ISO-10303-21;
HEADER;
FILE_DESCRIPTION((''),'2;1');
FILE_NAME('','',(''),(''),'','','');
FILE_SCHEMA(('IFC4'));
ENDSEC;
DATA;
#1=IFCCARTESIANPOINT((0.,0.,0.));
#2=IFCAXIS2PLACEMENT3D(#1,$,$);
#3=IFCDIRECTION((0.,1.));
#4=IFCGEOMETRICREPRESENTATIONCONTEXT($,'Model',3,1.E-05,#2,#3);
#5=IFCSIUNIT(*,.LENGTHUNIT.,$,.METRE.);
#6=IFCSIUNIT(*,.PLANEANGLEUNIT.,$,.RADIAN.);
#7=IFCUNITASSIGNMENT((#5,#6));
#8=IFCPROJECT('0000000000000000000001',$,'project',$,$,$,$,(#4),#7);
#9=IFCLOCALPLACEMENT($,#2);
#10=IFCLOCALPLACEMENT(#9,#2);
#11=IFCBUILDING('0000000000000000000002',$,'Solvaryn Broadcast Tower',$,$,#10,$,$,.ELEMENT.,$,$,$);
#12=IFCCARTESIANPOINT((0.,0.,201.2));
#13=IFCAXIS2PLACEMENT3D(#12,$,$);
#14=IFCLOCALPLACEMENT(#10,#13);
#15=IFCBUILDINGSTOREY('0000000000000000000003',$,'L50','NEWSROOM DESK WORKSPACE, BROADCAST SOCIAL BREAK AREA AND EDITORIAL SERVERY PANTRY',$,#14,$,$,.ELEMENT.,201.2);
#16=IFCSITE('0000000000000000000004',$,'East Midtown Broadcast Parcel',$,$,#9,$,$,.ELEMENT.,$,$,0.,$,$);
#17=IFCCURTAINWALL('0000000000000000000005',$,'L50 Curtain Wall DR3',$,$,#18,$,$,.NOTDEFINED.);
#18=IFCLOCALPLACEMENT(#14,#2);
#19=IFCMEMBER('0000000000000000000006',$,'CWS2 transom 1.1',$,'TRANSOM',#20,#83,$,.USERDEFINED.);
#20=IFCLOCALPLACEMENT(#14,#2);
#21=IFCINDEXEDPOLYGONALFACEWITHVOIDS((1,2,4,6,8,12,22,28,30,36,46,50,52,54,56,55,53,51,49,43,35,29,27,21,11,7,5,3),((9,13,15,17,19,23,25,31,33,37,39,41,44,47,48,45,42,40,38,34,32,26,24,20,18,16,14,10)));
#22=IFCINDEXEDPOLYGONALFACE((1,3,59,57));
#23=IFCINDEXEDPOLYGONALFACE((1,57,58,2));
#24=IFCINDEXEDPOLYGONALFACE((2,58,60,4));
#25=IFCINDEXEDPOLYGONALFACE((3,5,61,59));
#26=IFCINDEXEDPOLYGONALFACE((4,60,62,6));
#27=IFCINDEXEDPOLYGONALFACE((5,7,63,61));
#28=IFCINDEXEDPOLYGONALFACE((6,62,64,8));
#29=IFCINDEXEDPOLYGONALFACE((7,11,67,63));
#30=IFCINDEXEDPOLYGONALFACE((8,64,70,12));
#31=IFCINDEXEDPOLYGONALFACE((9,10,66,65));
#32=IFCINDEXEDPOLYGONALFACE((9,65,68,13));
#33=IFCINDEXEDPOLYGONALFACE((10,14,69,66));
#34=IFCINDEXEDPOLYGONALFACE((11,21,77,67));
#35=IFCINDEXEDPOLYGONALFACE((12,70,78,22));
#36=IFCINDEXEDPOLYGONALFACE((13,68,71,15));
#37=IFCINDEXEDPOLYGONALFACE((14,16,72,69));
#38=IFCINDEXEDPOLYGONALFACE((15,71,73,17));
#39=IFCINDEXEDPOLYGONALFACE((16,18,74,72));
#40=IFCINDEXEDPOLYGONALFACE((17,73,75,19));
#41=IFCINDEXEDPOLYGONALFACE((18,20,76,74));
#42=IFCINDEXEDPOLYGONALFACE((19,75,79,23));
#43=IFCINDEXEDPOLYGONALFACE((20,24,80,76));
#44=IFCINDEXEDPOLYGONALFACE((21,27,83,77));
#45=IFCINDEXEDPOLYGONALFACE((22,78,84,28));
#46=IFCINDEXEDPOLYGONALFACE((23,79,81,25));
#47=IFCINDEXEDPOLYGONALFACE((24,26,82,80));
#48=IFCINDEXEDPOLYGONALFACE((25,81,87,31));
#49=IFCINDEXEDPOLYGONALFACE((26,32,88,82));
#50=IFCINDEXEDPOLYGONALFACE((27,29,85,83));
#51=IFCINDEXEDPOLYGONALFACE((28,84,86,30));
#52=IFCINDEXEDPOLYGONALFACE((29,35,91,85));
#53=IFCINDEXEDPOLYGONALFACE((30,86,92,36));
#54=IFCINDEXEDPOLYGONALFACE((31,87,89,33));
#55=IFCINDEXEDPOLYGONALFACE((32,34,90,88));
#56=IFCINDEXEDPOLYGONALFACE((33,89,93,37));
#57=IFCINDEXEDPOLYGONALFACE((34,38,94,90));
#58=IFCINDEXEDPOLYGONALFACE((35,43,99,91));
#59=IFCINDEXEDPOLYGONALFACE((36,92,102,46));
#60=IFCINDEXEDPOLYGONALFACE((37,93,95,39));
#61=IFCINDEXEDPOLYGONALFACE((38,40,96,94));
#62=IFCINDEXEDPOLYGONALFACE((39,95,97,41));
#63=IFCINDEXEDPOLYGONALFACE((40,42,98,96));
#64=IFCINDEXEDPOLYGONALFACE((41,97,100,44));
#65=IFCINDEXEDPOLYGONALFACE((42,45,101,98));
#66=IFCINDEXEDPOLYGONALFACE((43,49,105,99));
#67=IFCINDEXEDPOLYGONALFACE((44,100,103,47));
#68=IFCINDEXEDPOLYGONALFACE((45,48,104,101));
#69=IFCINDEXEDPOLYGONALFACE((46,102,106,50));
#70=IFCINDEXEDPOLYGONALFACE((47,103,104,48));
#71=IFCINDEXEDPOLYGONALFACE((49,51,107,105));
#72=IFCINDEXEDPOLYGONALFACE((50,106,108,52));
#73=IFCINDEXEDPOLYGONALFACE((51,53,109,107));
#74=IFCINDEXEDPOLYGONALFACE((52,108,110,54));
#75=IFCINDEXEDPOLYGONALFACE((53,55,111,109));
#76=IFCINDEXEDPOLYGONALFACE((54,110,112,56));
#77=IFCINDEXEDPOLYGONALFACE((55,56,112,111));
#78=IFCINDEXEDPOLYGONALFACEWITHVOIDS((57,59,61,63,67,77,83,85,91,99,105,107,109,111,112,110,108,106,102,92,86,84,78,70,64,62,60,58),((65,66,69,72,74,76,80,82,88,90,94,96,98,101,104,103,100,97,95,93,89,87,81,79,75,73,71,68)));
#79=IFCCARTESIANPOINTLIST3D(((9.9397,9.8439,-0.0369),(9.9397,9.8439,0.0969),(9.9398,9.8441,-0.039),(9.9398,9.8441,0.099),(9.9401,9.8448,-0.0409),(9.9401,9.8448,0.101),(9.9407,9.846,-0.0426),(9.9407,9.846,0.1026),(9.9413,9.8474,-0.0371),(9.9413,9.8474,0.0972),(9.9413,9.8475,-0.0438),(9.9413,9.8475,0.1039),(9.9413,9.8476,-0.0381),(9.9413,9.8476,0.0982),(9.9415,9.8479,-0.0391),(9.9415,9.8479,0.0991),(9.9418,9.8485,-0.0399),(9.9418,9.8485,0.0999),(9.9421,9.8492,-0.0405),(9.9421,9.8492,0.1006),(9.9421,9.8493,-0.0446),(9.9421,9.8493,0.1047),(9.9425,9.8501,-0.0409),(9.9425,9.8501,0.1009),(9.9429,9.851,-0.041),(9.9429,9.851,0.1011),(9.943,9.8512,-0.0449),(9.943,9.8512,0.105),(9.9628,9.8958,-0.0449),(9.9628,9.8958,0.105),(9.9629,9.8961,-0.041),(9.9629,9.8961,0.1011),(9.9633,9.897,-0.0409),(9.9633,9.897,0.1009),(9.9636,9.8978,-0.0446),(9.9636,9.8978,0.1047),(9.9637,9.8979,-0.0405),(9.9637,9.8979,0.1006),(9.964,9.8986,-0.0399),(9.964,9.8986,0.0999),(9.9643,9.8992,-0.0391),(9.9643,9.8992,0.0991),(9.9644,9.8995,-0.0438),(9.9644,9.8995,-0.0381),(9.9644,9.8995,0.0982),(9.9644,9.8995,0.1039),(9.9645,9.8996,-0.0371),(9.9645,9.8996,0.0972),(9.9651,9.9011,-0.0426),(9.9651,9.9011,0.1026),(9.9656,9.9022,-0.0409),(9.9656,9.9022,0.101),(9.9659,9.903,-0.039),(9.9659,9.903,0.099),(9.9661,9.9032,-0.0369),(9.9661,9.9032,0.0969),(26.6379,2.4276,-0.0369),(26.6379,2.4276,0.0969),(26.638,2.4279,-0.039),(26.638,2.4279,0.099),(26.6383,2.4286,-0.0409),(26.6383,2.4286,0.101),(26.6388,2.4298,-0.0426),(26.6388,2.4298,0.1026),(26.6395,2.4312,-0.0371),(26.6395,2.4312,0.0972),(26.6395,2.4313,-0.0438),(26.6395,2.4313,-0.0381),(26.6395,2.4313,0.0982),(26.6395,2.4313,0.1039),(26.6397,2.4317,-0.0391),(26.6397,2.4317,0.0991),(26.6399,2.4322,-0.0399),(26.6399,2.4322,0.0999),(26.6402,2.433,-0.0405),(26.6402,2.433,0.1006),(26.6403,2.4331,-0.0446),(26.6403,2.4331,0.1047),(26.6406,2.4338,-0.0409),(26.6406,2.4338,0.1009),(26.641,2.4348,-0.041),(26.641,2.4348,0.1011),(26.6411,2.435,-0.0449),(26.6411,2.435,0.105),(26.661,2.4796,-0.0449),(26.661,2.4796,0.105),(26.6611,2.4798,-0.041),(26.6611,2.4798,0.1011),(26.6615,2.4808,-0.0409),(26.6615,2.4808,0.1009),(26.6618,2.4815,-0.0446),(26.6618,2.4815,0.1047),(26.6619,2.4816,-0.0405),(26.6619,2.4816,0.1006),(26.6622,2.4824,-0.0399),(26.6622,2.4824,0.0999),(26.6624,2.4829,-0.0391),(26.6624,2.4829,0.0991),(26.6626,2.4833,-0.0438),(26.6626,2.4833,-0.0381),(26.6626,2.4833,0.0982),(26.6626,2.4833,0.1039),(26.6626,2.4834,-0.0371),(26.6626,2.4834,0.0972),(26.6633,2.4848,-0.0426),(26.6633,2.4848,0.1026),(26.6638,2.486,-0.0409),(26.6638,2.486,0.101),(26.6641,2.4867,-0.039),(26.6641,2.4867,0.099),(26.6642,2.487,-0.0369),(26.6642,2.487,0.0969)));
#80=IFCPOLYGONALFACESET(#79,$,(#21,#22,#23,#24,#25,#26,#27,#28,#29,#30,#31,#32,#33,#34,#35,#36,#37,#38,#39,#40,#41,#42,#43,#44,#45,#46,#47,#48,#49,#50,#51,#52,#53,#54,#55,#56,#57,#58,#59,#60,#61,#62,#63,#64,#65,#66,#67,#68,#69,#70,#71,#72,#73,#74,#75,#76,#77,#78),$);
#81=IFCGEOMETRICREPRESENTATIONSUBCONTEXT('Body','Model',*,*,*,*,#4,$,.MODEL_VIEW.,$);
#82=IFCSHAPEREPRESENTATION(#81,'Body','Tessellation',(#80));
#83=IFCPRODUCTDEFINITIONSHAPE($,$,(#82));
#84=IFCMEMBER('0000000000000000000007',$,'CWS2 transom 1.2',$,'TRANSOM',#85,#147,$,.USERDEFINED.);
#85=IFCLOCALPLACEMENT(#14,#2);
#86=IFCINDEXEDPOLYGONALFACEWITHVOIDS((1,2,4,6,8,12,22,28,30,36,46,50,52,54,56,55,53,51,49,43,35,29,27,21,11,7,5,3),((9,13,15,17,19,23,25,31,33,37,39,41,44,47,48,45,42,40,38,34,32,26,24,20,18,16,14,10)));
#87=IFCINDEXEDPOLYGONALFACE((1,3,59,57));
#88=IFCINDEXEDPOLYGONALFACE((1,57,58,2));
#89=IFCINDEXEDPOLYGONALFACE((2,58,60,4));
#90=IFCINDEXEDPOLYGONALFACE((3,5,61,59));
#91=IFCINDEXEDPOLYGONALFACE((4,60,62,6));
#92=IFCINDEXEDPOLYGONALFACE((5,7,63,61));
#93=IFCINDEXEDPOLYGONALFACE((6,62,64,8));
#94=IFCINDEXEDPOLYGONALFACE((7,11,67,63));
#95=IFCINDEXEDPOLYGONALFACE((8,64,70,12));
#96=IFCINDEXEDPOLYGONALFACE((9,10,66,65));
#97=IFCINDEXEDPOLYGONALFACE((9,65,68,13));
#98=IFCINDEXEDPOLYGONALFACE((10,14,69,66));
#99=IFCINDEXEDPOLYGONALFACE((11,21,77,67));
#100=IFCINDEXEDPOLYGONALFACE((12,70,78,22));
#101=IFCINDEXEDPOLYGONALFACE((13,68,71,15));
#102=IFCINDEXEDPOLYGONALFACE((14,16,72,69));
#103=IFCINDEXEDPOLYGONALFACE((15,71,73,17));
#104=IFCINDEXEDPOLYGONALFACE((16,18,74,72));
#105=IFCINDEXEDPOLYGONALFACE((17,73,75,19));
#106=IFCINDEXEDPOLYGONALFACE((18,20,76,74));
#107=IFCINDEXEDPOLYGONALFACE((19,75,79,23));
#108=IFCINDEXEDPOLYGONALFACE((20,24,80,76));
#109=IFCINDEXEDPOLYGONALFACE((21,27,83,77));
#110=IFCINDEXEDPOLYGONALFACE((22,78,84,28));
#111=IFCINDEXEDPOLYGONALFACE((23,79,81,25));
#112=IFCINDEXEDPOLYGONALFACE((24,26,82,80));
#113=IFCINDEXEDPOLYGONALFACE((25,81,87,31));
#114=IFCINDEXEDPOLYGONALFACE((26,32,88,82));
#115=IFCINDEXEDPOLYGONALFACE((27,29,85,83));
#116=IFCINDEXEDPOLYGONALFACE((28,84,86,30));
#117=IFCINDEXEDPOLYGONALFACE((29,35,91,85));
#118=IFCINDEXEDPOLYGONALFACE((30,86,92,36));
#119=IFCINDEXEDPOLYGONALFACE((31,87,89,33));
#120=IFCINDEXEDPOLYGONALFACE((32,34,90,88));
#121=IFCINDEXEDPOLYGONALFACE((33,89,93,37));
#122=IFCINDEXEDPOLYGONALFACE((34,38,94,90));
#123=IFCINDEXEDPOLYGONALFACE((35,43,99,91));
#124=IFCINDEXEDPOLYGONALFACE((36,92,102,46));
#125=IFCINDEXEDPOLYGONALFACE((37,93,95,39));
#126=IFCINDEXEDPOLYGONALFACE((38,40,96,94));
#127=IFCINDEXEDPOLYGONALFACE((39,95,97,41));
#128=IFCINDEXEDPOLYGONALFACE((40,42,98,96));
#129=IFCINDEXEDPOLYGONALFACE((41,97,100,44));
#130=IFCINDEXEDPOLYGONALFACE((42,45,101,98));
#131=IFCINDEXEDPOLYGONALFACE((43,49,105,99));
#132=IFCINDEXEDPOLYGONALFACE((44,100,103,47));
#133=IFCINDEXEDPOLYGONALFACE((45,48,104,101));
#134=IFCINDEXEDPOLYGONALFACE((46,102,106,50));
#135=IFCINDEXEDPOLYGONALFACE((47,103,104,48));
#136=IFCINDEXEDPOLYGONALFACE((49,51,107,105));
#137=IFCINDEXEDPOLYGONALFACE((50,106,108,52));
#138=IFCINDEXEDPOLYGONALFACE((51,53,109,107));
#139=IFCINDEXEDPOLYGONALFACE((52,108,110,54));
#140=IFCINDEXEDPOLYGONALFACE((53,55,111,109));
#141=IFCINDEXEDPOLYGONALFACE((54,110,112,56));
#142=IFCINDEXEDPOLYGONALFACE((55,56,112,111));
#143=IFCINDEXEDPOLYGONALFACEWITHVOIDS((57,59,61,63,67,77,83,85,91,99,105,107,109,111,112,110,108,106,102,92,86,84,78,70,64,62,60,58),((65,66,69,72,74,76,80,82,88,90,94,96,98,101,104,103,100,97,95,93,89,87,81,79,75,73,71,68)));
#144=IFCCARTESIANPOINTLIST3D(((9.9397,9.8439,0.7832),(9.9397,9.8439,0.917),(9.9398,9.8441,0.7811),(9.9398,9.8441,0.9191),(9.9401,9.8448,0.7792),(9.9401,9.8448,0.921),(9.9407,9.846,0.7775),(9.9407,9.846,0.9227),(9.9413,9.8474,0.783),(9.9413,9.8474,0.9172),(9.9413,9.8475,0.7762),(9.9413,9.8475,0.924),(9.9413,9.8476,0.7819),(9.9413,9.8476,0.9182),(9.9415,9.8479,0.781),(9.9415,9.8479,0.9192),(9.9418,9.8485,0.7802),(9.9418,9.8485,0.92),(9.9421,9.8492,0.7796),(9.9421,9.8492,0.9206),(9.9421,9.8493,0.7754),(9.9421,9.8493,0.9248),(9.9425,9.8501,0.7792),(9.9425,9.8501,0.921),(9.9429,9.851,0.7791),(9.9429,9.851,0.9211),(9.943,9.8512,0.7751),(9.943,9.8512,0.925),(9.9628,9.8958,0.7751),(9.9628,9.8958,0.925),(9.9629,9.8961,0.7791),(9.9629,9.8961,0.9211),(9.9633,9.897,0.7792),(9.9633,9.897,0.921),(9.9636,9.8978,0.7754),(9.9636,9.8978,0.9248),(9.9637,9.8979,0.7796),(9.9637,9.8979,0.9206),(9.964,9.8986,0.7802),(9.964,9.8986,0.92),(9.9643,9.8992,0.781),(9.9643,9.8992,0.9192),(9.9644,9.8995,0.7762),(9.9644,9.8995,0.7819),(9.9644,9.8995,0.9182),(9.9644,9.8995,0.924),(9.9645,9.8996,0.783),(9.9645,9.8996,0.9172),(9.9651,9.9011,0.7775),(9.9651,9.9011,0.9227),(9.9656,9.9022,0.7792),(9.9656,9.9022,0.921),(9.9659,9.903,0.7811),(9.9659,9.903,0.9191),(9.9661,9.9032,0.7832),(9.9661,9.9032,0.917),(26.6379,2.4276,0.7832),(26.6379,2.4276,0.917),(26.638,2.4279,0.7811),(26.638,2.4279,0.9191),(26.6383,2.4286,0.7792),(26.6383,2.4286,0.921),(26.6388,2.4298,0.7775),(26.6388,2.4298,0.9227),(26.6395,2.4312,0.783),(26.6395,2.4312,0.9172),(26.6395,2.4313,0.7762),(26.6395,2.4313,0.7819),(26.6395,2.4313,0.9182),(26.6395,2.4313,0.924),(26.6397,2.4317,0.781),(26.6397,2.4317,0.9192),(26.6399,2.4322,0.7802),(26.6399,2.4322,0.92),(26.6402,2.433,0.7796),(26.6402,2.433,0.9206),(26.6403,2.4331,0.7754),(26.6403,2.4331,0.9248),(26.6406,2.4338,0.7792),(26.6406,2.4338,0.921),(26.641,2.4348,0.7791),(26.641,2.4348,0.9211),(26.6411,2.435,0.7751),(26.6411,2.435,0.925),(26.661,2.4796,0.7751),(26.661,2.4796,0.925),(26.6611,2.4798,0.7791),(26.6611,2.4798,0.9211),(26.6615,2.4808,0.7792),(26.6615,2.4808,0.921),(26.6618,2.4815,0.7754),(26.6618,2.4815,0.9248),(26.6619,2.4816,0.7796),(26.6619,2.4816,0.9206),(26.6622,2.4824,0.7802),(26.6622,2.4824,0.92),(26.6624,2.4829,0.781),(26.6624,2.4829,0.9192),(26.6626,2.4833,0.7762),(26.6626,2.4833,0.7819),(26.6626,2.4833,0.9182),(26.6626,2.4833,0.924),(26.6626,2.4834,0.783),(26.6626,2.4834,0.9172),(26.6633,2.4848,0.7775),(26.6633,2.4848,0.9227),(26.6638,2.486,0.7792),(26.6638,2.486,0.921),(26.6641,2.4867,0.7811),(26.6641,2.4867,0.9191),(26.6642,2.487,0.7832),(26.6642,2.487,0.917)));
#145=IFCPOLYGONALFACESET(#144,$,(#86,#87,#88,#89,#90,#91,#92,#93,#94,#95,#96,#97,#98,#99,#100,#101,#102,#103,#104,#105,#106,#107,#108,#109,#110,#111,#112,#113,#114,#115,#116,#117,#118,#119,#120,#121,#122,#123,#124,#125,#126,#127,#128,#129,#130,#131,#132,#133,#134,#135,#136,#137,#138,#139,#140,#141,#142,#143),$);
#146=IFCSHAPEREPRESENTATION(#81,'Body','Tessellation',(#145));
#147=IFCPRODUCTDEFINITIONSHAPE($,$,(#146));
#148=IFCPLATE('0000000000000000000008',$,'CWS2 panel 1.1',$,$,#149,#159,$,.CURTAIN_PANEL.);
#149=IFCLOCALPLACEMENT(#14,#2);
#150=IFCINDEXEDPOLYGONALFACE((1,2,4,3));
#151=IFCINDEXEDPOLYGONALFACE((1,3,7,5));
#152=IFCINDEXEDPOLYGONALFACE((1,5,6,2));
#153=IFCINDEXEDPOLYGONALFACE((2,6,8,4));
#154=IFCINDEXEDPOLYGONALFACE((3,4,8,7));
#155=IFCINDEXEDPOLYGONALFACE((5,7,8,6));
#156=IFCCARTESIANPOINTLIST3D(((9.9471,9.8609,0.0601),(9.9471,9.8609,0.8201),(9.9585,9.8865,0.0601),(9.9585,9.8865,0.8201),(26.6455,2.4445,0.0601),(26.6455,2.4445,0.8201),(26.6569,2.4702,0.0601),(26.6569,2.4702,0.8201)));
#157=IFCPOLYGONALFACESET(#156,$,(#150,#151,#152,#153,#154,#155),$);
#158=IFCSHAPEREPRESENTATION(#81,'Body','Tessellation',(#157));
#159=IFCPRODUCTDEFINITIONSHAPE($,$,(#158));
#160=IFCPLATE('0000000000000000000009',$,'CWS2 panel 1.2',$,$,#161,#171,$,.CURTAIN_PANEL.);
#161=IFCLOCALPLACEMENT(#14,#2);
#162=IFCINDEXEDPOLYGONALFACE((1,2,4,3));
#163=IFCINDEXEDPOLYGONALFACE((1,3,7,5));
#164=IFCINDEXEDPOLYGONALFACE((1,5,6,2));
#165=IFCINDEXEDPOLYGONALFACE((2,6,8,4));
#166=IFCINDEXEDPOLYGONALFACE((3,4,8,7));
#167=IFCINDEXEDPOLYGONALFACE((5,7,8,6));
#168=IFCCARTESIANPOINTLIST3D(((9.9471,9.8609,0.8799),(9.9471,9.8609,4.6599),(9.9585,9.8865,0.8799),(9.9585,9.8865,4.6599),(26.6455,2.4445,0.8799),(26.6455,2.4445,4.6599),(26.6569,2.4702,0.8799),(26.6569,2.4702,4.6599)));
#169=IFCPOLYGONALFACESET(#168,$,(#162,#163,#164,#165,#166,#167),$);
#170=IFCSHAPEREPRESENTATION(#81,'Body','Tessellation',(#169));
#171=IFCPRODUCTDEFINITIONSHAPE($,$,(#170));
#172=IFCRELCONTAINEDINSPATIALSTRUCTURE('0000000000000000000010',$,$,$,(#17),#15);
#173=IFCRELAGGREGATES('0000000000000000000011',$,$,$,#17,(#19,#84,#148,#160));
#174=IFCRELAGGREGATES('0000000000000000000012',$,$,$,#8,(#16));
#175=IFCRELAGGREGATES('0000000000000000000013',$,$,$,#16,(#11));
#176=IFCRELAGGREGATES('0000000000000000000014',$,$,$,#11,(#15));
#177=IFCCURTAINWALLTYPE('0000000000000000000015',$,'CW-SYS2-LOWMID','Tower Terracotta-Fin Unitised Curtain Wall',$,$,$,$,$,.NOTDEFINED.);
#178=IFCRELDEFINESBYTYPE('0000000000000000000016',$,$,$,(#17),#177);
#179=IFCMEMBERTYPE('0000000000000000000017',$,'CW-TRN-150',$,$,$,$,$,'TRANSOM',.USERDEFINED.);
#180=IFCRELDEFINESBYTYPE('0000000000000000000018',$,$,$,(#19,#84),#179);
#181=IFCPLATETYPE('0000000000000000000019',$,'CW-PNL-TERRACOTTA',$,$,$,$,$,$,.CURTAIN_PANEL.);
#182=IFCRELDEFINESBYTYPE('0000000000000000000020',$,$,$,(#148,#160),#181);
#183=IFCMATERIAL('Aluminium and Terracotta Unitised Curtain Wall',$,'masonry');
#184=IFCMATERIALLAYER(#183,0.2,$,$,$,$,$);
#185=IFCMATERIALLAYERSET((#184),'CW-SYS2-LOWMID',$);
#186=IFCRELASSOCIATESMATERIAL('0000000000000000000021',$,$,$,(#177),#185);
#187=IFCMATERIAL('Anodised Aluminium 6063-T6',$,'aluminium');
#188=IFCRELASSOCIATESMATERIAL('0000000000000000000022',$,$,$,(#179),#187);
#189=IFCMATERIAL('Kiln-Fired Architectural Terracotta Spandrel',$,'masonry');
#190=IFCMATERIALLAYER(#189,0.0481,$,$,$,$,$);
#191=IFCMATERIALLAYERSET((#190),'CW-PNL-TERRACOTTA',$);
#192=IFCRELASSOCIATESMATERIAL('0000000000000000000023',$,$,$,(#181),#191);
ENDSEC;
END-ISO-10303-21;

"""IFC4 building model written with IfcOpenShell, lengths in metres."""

from ifc_helpers import new_model, si_unit, direction, frame, origin, origin_2d, place, context, subcontext, project, spatial, rectangle, hollow_rectangle, extrude, material, layer, layer_set, material_profile, profile_set, type_object, element, aggregate, save


model = new_model("IFC4")

# Units and contexts
model_context = context("Model", 3, precision=1e-05, world=origin(), true_north=direction((0.0, 1.0)))
body_context = subcontext(model_context, "Body", "Model", "MODEL_VIEW")
ifc_project = project(units=[si_unit("LENGTHUNIT", "METRE"), si_unit("PLANEANGLEUNIT", "RADIAN")], contexts=[model_context])

# Site, building, storey
site_placement = place(None, origin())
site = spatial("IfcSite", under=ifc_project, at=site_placement, Name="East Midtown Broadcast Parcel", CompositionType="ELEMENT", RefElevation=0.0)
building_placement = place(site_placement, origin())
building = spatial("IfcBuilding", under=site, at=building_placement, Name="Solvaryn Broadcast Tower", CompositionType="ELEMENT")
storey_placement = place(building_placement, frame((0.0, 0.0, 201.2)))
storey = spatial("IfcBuildingStorey", under=building, at=storey_placement, Name="L50", Description="NEWSROOM DESK WORKSPACE, BROADCAST SOCIAL BREAK AREA AND EDITORIAL SERVERY PANTRY", CompositionType="ELEMENT", Elevation=201.2)

# Curtain wall, members, plates
ifc_material_1 = material(Name="Aluminium and Terracotta Unitised Curtain Wall", Category="masonry")
ifc_layer_1 = layer(ifc_material_1, 0.2)
ifc_layer_set_1 = layer_set([ifc_layer_1], Name="CW-SYS2-LOWMID")
curtain_wall_type = type_object("IfcCurtainWallType", Name="CW-SYS2-LOWMID", Description="Tower Terracotta-Fin Unitised Curtain Wall", PredefinedType="NOTDEFINED", material=ifc_layer_set_1)
curtain_wall_placement = place(storey_placement, origin())
curtain_wall = element("IfcCurtainWall", 1, at=curtain_wall_placement, inside=storey, type_object=curtain_wall_type, Name="L50 Curtain Wall DR3", PredefinedType="NOTDEFINED")
ifc_material_2 = material(Name="Anodised Aluminium 6063-T6", Category="aluminium")
ifc_material_profile_1 = material_profile(ifc_material_2, hollow_rectangle(XDim=0.0649, YDim=0.1499, WallThickness=0.0039, InnerFilletRadius=0.0039, OuterFilletRadius=0.0081, at=origin_2d()))
ifc_profile_set_1 = profile_set([ifc_material_profile_1], Name="Anodised Aluminium 6063-T6")
member_type = type_object("IfcMemberType", Name="CW-TRN-150", ElementType="TRANSOM", PredefinedType="USERDEFINED", material=ifc_profile_set_1)
member_1_placement = place(storey_placement, frame((9.9529, 9.8735, 0.03), z_axis=(0.913917, -0.405902, 0.0), x_axis=(0.405902, 0.913917, 0.0)))
member_1 = element("IfcMember", 2, at=member_1_placement, type_object=member_type, Name="CWS2 transom 1.1", ObjectType="TRANSOM", PredefinedType="USERDEFINED", context=body_context, shape_type="SweptSolid", body=[
    extrude(hollow_rectangle(XDim=0.0649, YDim=0.1499, WallThickness=0.0039, InnerFilletRadius=0.0039, OuterFilletRadius=0.0081, at=origin_2d()), origin(), (0.0, 0.0, 1.0), 18.271),
])
member_2_placement = place(storey_placement, frame((9.9529, 9.8735, 0.8501), z_axis=(0.913917, -0.405902, 0.0), x_axis=(0.405902, 0.913917, 0.0)))
member_2 = element("IfcMember", 3, at=member_2_placement, type_object=member_type, Name="CWS2 transom 1.2", ObjectType="TRANSOM", PredefinedType="USERDEFINED", context=body_context, shape_type="SweptSolid", body=[
    extrude(hollow_rectangle(XDim=0.0649, YDim=0.1499, WallThickness=0.0039, InnerFilletRadius=0.0039, OuterFilletRadius=0.0081, at=origin_2d()), origin(), (0.0, 0.0, 1.0), 18.271),
])
ifc_material_3 = material(Name="Kiln-Fired Architectural Terracotta Spandrel", Category="masonry")
ifc_layer_2 = layer(ifc_material_3, 0.0481)
ifc_layer_set_2 = layer_set([ifc_layer_2], Name="CW-PNL-TERRACOTTA")
plate_type = type_object("IfcPlateType", Name="CW-PNL-TERRACOTTA", PredefinedType="CURTAIN_PANEL", material=ifc_layer_set_2)
plate_1_placement = place(storey_placement, frame((18.302, 6.1655, 0.0601), z_axis=(0.0, 0.0, 1.0), x_axis=(0.913917, -0.405901, 0.0)))
plate_1 = element("IfcPlate", 4, at=plate_1_placement, type_object=plate_type, Name="CWS2 panel 1.1", PredefinedType="CURTAIN_PANEL", context=body_context, shape_type="SweptSolid", body=[
    extrude(rectangle(XDim=18.2712, YDim=0.0281, at=origin_2d()), origin(), (0.0, 0.0, 1.0), 0.76),
])
plate_2_placement = place(storey_placement, frame((18.302, 6.1655, 0.8799), z_axis=(0.0, 0.0, 1.0), x_axis=(0.913917, -0.405901, 0.0)))
plate_2 = element("IfcPlate", 5, at=plate_2_placement, type_object=plate_type, Name="CWS2 panel 1.2", PredefinedType="CURTAIN_PANEL", context=body_context, shape_type="SweptSolid", body=[
    extrude(rectangle(XDim=18.2712, YDim=0.0281, at=origin_2d()), origin(), (0.0, 0.0, 1.0), 3.78),
])
aggregate(curtain_wall, [member_1, member_2, plate_1, plate_2])

save(model, "model.ifc")
